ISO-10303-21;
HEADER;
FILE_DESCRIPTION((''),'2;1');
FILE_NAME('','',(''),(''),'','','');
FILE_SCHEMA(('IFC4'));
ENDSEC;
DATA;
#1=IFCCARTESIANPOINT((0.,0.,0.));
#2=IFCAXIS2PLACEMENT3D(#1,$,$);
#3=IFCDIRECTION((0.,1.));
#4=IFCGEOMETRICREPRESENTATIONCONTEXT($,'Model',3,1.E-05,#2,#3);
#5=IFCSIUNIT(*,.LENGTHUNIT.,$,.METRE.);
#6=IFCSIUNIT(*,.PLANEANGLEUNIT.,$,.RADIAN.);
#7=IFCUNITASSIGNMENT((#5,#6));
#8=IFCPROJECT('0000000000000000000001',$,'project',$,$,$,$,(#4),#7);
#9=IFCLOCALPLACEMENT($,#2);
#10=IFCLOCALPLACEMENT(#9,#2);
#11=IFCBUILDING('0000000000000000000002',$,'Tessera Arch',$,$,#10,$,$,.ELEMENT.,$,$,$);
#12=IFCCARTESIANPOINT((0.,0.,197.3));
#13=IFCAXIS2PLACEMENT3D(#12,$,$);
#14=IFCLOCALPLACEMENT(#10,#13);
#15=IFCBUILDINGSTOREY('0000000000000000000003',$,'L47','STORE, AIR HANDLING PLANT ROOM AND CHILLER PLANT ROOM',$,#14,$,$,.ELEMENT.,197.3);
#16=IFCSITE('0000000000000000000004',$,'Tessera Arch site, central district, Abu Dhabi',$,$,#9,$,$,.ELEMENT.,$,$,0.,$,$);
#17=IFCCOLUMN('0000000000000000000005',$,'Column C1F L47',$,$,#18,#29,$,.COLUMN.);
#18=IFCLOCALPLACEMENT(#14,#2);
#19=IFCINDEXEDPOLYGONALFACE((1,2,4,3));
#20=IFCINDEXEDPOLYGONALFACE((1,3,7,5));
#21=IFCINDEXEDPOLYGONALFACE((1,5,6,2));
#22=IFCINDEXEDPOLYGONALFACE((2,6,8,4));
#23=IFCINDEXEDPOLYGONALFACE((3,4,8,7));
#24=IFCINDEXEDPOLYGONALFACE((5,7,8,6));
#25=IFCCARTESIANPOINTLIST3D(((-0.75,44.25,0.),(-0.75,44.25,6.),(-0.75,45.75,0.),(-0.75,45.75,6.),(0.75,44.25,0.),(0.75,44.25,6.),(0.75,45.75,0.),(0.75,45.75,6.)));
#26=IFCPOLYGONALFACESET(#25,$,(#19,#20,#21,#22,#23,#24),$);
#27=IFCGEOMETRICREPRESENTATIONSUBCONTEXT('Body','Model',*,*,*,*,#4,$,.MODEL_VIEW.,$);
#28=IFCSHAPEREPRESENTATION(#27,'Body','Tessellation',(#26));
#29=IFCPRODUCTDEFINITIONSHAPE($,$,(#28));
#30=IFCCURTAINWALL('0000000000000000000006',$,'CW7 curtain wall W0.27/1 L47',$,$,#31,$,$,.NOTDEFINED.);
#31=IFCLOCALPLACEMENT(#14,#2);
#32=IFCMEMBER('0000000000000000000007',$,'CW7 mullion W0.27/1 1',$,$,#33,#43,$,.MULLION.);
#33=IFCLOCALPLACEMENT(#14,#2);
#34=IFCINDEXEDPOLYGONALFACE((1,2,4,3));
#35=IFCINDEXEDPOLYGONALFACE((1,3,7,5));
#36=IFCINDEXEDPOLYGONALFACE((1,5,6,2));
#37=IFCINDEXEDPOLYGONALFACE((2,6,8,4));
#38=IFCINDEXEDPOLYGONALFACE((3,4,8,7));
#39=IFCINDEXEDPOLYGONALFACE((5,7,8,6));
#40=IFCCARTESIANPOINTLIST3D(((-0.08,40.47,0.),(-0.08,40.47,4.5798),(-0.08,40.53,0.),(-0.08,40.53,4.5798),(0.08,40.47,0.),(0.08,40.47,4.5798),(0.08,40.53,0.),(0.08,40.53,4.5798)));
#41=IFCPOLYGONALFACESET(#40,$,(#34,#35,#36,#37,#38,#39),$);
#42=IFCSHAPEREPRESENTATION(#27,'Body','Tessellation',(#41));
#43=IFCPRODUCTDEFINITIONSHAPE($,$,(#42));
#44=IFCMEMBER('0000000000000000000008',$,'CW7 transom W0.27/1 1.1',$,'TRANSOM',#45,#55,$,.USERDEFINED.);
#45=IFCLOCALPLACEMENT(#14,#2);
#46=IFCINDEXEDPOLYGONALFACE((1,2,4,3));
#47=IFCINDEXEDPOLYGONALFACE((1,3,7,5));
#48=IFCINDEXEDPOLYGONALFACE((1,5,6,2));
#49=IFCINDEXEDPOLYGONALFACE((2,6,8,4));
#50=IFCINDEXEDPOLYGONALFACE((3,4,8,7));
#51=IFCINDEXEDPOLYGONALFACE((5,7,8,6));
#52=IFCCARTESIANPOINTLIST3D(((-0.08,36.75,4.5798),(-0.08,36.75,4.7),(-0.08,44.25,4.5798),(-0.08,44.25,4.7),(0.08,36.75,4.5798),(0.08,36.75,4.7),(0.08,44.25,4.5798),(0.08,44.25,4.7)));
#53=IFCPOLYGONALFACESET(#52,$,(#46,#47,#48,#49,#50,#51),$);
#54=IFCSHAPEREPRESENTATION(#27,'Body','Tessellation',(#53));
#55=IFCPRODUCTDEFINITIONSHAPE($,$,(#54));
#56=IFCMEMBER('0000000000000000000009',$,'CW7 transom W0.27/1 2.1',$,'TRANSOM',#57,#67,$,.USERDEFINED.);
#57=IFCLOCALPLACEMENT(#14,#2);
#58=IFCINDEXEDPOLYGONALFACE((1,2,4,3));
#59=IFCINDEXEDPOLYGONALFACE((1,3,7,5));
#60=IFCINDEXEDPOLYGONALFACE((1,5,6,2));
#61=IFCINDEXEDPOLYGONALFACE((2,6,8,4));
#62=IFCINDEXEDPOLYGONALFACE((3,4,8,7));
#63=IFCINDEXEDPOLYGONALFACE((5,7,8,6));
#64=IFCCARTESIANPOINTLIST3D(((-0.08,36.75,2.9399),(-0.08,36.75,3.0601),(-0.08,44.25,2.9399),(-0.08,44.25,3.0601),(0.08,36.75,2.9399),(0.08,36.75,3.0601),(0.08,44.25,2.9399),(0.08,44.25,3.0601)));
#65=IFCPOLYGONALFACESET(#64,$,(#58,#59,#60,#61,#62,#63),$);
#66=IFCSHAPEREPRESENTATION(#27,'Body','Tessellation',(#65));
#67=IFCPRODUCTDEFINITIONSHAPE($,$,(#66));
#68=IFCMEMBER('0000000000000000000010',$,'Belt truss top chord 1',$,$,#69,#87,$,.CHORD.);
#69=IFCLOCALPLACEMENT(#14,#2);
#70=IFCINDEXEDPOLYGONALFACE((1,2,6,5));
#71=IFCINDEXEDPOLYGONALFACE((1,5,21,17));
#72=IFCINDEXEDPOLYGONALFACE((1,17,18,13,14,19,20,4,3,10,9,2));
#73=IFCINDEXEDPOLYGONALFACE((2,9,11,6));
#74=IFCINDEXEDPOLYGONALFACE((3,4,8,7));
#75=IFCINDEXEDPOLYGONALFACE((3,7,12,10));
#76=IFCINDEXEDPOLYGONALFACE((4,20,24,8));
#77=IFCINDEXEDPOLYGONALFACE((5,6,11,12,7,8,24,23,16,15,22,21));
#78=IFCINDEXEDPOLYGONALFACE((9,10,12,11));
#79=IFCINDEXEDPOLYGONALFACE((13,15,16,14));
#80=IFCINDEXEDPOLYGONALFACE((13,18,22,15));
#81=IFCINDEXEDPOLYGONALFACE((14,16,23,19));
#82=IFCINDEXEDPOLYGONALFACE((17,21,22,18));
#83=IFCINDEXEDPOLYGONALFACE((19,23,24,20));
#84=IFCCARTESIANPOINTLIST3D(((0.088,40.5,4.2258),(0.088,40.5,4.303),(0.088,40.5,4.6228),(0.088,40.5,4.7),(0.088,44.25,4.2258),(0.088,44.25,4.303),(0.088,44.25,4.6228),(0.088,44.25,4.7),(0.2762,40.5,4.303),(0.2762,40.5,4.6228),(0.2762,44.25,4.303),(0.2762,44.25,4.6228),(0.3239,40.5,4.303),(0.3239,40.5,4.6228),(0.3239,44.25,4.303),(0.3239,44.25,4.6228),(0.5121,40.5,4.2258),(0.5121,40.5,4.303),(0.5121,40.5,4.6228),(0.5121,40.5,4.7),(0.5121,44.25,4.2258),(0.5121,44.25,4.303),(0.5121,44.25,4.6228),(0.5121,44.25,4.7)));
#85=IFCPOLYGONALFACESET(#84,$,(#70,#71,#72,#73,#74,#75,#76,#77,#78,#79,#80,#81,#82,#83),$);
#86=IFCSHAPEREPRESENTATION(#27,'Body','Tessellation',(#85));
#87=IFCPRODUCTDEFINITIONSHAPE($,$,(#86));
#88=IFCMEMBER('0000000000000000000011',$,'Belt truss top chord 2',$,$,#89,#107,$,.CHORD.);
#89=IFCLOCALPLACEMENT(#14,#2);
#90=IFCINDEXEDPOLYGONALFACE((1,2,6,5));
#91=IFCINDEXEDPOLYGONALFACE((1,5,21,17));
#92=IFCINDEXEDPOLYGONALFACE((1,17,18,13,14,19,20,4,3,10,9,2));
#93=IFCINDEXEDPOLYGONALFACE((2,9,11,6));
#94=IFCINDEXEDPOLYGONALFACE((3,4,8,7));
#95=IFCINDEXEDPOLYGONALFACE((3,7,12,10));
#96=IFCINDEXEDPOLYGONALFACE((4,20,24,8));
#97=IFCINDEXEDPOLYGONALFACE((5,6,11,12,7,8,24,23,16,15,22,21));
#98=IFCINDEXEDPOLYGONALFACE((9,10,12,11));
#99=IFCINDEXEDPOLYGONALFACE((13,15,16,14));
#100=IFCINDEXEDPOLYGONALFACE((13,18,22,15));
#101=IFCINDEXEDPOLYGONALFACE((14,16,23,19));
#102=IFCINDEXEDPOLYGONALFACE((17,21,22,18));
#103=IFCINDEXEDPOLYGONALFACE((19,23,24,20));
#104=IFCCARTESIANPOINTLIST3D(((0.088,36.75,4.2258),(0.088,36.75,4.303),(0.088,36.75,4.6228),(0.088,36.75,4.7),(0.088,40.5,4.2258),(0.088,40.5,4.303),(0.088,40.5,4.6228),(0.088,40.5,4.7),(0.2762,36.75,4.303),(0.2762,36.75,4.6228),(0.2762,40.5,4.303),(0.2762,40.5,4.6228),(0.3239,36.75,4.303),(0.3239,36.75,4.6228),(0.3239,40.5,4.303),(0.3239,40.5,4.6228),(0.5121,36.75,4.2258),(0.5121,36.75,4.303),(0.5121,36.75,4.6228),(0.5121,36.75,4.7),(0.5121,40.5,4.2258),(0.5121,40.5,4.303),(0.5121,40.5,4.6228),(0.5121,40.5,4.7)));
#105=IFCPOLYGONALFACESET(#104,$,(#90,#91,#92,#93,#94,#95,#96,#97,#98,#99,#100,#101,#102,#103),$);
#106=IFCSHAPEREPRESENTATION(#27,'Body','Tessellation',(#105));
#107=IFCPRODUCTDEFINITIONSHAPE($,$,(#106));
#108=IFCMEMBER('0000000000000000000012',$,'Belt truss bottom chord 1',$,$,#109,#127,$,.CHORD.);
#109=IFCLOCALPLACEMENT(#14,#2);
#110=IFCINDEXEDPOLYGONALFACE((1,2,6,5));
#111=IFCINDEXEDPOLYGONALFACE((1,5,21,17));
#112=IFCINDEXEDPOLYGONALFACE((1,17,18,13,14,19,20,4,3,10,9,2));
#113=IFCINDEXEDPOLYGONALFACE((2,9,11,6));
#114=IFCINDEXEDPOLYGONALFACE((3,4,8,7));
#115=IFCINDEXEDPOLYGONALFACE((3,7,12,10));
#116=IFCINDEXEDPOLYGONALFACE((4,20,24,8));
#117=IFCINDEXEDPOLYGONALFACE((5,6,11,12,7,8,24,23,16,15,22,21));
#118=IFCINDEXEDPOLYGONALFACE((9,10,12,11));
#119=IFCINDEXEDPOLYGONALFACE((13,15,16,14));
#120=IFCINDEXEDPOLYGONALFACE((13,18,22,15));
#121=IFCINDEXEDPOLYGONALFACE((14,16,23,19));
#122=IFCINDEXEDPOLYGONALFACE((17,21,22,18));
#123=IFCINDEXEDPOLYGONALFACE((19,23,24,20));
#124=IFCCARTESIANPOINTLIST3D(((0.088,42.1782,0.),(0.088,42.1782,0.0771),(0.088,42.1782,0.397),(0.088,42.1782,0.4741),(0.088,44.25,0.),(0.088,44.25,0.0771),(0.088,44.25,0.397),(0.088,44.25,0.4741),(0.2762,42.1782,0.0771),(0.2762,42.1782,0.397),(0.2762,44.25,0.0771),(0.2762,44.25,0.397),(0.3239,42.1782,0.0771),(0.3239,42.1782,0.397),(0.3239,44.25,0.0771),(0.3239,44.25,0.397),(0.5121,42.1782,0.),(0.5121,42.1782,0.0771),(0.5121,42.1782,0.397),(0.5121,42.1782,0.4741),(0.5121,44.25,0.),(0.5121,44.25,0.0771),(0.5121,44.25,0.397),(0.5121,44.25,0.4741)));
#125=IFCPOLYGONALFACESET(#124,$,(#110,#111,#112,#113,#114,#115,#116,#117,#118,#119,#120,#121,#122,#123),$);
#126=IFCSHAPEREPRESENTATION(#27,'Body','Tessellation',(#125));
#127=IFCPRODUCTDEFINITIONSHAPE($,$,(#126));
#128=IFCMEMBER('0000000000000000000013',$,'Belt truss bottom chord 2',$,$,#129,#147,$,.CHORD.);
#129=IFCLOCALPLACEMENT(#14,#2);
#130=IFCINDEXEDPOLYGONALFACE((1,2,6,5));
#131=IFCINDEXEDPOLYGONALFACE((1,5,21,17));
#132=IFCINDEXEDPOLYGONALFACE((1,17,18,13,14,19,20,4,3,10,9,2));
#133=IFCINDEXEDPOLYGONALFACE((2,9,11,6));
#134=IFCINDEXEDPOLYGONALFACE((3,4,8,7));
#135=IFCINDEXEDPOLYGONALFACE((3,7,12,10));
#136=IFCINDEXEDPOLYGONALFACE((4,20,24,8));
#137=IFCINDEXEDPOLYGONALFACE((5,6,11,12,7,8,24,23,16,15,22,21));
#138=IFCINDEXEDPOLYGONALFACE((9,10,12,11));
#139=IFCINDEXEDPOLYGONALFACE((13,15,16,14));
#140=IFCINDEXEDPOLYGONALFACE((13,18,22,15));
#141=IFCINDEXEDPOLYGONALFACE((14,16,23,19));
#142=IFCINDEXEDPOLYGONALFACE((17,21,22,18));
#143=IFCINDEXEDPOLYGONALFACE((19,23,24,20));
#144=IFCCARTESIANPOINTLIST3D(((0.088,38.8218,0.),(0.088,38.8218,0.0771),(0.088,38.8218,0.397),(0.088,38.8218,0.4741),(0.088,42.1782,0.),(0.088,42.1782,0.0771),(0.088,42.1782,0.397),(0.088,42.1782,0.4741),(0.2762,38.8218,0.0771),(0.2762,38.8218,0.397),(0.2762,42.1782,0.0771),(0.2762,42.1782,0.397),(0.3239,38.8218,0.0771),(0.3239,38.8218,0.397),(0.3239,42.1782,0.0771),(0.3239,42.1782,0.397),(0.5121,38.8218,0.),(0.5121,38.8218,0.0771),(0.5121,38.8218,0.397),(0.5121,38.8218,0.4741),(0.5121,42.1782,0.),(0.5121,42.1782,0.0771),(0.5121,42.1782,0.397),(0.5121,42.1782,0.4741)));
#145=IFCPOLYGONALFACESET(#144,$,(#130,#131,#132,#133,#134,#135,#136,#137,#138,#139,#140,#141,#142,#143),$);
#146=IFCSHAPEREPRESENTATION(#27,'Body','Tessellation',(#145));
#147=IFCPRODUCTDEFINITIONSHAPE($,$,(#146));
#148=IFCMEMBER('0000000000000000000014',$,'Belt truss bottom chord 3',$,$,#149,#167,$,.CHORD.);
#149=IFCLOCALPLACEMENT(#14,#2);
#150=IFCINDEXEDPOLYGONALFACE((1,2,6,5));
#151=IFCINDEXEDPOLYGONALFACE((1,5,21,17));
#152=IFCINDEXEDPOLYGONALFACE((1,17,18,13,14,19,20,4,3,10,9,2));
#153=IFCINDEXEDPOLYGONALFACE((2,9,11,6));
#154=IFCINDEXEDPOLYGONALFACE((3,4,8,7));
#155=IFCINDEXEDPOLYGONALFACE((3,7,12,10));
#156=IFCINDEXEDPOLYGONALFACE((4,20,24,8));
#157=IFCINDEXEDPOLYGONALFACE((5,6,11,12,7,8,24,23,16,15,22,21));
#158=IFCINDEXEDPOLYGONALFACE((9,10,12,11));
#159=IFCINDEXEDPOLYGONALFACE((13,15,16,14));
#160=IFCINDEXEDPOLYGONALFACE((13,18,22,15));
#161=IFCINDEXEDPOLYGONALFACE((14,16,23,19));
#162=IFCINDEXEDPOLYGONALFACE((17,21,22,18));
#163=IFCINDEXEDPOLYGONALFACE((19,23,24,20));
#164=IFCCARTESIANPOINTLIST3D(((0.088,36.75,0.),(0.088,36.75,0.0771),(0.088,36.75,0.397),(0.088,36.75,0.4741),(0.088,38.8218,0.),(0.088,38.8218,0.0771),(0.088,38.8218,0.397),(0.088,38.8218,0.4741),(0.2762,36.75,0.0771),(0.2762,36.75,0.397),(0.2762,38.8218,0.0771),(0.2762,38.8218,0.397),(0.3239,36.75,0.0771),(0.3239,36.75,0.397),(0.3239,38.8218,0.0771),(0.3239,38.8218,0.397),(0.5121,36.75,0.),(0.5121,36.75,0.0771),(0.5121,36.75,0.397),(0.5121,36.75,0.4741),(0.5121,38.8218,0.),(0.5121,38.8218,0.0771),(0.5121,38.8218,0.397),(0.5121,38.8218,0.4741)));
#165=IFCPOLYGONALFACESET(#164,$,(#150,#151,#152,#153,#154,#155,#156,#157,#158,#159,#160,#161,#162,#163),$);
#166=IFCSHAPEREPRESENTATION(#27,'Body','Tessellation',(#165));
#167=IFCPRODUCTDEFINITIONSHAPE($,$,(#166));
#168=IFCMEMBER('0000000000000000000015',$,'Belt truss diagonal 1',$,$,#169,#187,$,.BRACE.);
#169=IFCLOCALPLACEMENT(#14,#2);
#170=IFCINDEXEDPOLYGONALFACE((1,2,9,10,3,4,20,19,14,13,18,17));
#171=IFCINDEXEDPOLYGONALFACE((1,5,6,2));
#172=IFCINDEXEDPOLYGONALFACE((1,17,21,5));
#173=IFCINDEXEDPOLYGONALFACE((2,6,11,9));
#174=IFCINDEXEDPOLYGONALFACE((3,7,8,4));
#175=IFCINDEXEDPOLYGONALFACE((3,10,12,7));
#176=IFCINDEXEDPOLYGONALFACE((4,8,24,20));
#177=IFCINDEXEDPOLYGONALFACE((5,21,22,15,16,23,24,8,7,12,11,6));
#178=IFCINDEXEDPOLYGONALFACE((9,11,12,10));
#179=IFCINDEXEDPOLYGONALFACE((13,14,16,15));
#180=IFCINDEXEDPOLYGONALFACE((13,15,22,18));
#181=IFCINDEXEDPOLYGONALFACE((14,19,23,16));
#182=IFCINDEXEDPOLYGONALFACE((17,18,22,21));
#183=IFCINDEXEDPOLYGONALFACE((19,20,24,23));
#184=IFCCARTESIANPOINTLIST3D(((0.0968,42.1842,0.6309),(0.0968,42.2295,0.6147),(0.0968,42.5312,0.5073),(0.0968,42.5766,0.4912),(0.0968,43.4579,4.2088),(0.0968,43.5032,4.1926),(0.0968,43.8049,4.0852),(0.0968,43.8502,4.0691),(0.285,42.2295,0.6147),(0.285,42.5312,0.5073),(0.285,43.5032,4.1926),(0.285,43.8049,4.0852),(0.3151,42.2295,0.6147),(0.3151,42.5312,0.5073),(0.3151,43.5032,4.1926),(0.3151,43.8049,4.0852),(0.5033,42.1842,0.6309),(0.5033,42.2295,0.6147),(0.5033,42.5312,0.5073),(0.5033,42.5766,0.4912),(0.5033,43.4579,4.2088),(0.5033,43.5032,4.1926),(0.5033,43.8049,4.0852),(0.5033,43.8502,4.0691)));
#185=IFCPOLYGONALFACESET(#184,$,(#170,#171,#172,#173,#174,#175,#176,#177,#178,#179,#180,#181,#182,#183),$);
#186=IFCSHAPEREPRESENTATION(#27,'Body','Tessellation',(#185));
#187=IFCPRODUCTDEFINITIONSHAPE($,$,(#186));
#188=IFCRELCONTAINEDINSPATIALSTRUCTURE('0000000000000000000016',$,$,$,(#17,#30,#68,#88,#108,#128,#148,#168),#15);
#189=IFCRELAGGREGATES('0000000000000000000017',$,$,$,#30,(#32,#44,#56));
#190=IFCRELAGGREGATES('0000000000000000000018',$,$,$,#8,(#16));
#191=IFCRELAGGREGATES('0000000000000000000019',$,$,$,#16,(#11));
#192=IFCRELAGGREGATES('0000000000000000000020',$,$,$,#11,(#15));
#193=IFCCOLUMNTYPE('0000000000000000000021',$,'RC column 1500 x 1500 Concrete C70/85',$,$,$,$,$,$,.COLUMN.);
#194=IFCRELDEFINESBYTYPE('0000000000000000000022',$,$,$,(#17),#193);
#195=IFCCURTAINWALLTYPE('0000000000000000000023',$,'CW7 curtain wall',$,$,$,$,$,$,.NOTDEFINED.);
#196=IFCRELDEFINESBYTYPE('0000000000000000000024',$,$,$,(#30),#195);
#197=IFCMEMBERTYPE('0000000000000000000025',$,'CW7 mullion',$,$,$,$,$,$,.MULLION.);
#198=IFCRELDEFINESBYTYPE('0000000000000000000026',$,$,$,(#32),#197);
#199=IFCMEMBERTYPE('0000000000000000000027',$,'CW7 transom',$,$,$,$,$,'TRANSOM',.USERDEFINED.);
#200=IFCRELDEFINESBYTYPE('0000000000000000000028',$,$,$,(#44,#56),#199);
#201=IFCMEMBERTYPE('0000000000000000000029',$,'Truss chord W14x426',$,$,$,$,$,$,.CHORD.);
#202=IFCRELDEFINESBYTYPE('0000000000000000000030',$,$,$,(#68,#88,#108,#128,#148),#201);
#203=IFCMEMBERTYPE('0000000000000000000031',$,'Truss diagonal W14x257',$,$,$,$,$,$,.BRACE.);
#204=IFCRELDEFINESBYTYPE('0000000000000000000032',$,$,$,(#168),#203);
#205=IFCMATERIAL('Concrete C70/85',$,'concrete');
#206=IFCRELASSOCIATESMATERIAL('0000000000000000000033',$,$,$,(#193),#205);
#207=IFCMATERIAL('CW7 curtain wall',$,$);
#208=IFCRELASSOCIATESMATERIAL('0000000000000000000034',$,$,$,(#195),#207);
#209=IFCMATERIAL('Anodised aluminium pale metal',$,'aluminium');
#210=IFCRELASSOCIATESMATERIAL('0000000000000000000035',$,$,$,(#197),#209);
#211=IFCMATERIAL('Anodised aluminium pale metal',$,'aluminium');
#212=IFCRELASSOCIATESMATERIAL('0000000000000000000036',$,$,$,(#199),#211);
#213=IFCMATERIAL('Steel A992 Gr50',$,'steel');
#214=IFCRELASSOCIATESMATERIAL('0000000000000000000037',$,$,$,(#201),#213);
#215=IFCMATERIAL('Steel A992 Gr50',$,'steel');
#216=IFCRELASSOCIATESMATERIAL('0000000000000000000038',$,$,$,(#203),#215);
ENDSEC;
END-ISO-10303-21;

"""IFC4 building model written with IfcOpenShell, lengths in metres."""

from ifc_helpers import new_model, si_unit, direction, frame, origin, origin_2d, place, context, subcontext, project, spatial, rectangle, i_section, extrude, material, material_profile, profile_set, type_object, element, aggregate, save


model = new_model("IFC4")

# Units and contexts
model_context = context("Model", 3, precision=1e-05, world=origin(), true_north=direction((0.0, 1.0)))
body_context = subcontext(model_context, "Body", "Model", "MODEL_VIEW")
ifc_project = project(units=[si_unit("LENGTHUNIT", "METRE"), si_unit("PLANEANGLEUNIT", "RADIAN")], contexts=[model_context])

# Site, building, storey
site_placement = place(None, origin())
site = spatial("IfcSite", under=ifc_project, at=site_placement, Name="Tessera Arch site, central district, Abu Dhabi", CompositionType="ELEMENT", RefElevation=0.0)
building_placement = place(site_placement, origin())
building = spatial("IfcBuilding", under=site, at=building_placement, Name="Tessera Arch", CompositionType="ELEMENT")
storey_placement = place(building_placement, frame((0.0, 0.0, 197.3)))
storey = spatial("IfcBuildingStorey", under=building, at=storey_placement, Name="L47", Description="STORE, AIR HANDLING PLANT ROOM AND CHILLER PLANT ROOM", CompositionType="ELEMENT", Elevation=197.3)

# Column
ifc_material_1 = material(Name="Concrete C70/85", Category="concrete")
ifc_material_profile_1 = material_profile(ifc_material_1, rectangle(XDim=1.5, YDim=1.5, at=origin_2d()), Name="RC column 1500 x 1500 Concrete C70/85")
ifc_profile_set_1 = profile_set([ifc_material_profile_1], Name="Concrete C70/85")
column_type = type_object("IfcColumnType", Name="RC column 1500 x 1500 Concrete C70/85", PredefinedType="COLUMN", material=ifc_profile_set_1)
column_placement = place(storey_placement, frame((0.0, 45.0, 0.0), z_axis=(0.0, 0.0, 1.0), x_axis=(1.0, 0.0, 0.0)))
element("IfcColumn", 1, at=column_placement, inside=storey, type_object=column_type, Name="Column C1F L47", PredefinedType="COLUMN", context=body_context, shape_type="SweptSolid", body=[
    extrude(rectangle(XDim=1.5, YDim=1.5, at=origin_2d()), origin(), (0.0, 0.0, 1.0), 6.0),
])

# Curtain wall, members
ifc_material_2 = material(Name="CW7 curtain wall")
curtain_wall_type = type_object("IfcCurtainWallType", Name="CW7 curtain wall", PredefinedType="NOTDEFINED", material=ifc_material_2)
curtain_wall_placement = place(storey_placement, origin())
curtain_wall = element("IfcCurtainWall", 2, at=curtain_wall_placement, inside=storey, type_object=curtain_wall_type, Name="CW7 curtain wall W0.27/1 L47", PredefinedType="NOTDEFINED")
ifc_material_3 = material(Name="Anodised aluminium pale metal", Category="aluminium")
ifc_material_profile_2 = material_profile(ifc_material_3, rectangle(XDim=0.1599, YDim=0.0601, at=origin_2d()), Name="AL 60x160")
ifc_profile_set_2 = profile_set([ifc_material_profile_2], Name="Anodised aluminium pale metal")
member_type_1 = type_object("IfcMemberType", Name="CW7 mullion", PredefinedType="MULLION", material=ifc_profile_set_2)
member_1_placement = place(storey_placement, frame((0.0, 40.5, 0.0), z_axis=(0.0, 0.0, 1.0), x_axis=(1.0, 0.0, 0.0)))
member_1 = element("IfcMember", 3, at=member_1_placement, type_object=member_type_1, Name="CW7 mullion W0.27/1 1", PredefinedType="MULLION", context=body_context, shape_type="SweptSolid", body=[
    extrude(rectangle(XDim=0.1599, YDim=0.0601, at=origin_2d()), origin(), (0.0, 0.0, 1.0), 4.5798),
])
ifc_material_4 = material(Name="Anodised aluminium pale metal", Category="aluminium")
ifc_material_profile_3 = material_profile(ifc_material_4, rectangle(XDim=0.1599, YDim=0.1201, at=origin_2d()), Name="AL 160x120")
ifc_profile_set_3 = profile_set([ifc_material_profile_3], Name="Anodised aluminium pale metal")
member_type_2 = type_object("IfcMemberType", Name="CW7 transom", ElementType="TRANSOM", PredefinedType="USERDEFINED", material=ifc_profile_set_3)
member_2_placement = place(storey_placement, frame((0.0, 44.25, 4.6399), z_axis=(0.0, -1.0, 0.0), x_axis=(1.0, 0.0, 0.0)))
member_2 = element("IfcMember", 4, at=member_2_placement, type_object=member_type_2, Name="CW7 transom W0.27/1 1.1", ObjectType="TRANSOM", PredefinedType="USERDEFINED", context=body_context, shape_type="SweptSolid", body=[
    extrude(rectangle(XDim=0.1599, YDim=0.1201, at=origin_2d()), origin(), (0.0, 0.0, 1.0), 7.5),
])
member_3_placement = place(storey_placement, frame((0.0, 44.25, 3.0), z_axis=(0.0, -1.0, 0.0), x_axis=(1.0, 0.0, 0.0)))
member_3 = element("IfcMember", 5, at=member_3_placement, type_object=member_type_2, Name="CW7 transom W0.27/1 2.1", ObjectType="TRANSOM", PredefinedType="USERDEFINED", context=body_context, shape_type="SweptSolid", body=[
    extrude(rectangle(XDim=0.1599, YDim=0.1201, at=origin_2d()), origin(), (0.0, 0.0, 1.0), 7.5),
])

# Members
ifc_material_5 = material(Name="Steel A992 Gr50", Category="steel")
ifc_material_profile_4 = material_profile(ifc_material_5, i_section(OverallWidth=0.4241, OverallDepth=0.4741, WebThickness=0.0476, FlangeThickness=0.0771, at=origin_2d()), Name="W14x426")
ifc_profile_set_4 = profile_set([ifc_material_profile_4], Name="Steel A992 Gr50")
member_type_3 = type_object("IfcMemberType", Name="Truss chord W14x426", PredefinedType="CHORD", material=ifc_profile_set_4)
for number, where, z_axis, x_axis, name in (
    (6, (0.3, 44.25, 4.4629), (0.0, -1.0, 0.0), (1.0, 0.0, 0.0), "Belt truss top chord 1"),
    (7, (0.3, 40.5, 4.4629), (0.0, -1.0, 0.0), (1.0, 0.0, 0.0), "Belt truss top chord 2"),
):
    element("IfcMember", number, at=place(storey_placement, frame(where, z_axis=z_axis, x_axis=x_axis)), inside=storey, type_object=member_type_3, Name=name, PredefinedType="CHORD", context=body_context, shape_type="SweptSolid", body=[
        extrude(i_section(OverallWidth=0.4241, OverallDepth=0.4741, WebThickness=0.0476, FlangeThickness=0.0771, at=origin_2d()), origin(), (0.0, 0.0, 1.0), 3.75),
    ])
member_4_placement = place(storey_placement, frame((0.3, 44.25, 0.2371), z_axis=(0.0, -1.0, 0.0), x_axis=(1.0, 0.0, 0.0)))
element("IfcMember", 8, at=member_4_placement, inside=storey, type_object=member_type_3, Name="Belt truss bottom chord 1", PredefinedType="CHORD", context=body_context, shape_type="SweptSolid", body=[
    extrude(i_section(OverallWidth=0.4241, OverallDepth=0.4741, WebThickness=0.0476, FlangeThickness=0.0771, at=origin_2d()), origin(), (0.0, 0.0, 1.0), 2.0718),
])
member_5_placement = place(storey_placement, frame((0.3, 42.1782, 0.2371), z_axis=(0.0, -1.0, 0.0), x_axis=(1.0, 0.0, 0.0)))
element("IfcMember", 9, at=member_5_placement, inside=storey, type_object=member_type_3, Name="Belt truss bottom chord 2", PredefinedType="CHORD", context=body_context, shape_type="SweptSolid", body=[
    extrude(i_section(OverallWidth=0.4241, OverallDepth=0.4741, WebThickness=0.0476, FlangeThickness=0.0771, at=origin_2d()), origin(), (0.0, 0.0, 1.0), 3.3564),
])
member_6_placement = place(storey_placement, frame((0.3, 38.8218, 0.2371), z_axis=(0.0, -1.0, 0.0), x_axis=(1.0, 0.0, 0.0)))
element("IfcMember", 10, at=member_6_placement, inside=storey, type_object=member_type_3, Name="Belt truss bottom chord 3", PredefinedType="CHORD", context=body_context, shape_type="SweptSolid", body=[
    extrude(i_section(OverallWidth=0.4241, OverallDepth=0.4741, WebThickness=0.0476, FlangeThickness=0.0771, at=origin_2d()), origin(), (0.0, 0.0, 1.0), 2.0718),
])
ifc_material_6 = material(Name="Steel A992 Gr50", Category="steel")
ifc_material_profile_5 = material_profile(ifc_material_6, i_section(OverallWidth=0.4065, OverallDepth=0.4165, WebThickness=0.03, FlangeThickness=0.0481, at=origin_2d()), Name="W14x257")
ifc_profile_set_5 = profile_set([ifc_material_profile_5], Name="Steel A992 Gr50")
member_type_4 = type_object("IfcMemberType", Name="Truss diagonal W14x257", PredefinedType="BRACE", material=ifc_profile_set_5)
for number, where, z_axis, x_axis, name in (
    (11, (0.3, 43.6541, 4.1389), (0.0, -0.335371, -0.942086), (1.0, 0.0, 0.0), "Belt truss diagonal 1"),
):
    element("IfcMember", number, at=place(storey_placement, frame(where, z_axis=z_axis, x_axis=x_axis)), inside=storey, type_object=member_type_4, Name=name, PredefinedType="BRACE", context=body_context, shape_type="SweptSolid", body=[
        extrude(i_section(OverallWidth=0.4065, OverallDepth=0.4165, WebThickness=0.03, FlangeThickness=0.0481, at=origin_2d()), origin(), (0.0, 0.0, 1.0), 3.7979),
    ])

aggregate(curtain_wall, [member_1, member_2, member_3])

save(model, "model.ifc")
